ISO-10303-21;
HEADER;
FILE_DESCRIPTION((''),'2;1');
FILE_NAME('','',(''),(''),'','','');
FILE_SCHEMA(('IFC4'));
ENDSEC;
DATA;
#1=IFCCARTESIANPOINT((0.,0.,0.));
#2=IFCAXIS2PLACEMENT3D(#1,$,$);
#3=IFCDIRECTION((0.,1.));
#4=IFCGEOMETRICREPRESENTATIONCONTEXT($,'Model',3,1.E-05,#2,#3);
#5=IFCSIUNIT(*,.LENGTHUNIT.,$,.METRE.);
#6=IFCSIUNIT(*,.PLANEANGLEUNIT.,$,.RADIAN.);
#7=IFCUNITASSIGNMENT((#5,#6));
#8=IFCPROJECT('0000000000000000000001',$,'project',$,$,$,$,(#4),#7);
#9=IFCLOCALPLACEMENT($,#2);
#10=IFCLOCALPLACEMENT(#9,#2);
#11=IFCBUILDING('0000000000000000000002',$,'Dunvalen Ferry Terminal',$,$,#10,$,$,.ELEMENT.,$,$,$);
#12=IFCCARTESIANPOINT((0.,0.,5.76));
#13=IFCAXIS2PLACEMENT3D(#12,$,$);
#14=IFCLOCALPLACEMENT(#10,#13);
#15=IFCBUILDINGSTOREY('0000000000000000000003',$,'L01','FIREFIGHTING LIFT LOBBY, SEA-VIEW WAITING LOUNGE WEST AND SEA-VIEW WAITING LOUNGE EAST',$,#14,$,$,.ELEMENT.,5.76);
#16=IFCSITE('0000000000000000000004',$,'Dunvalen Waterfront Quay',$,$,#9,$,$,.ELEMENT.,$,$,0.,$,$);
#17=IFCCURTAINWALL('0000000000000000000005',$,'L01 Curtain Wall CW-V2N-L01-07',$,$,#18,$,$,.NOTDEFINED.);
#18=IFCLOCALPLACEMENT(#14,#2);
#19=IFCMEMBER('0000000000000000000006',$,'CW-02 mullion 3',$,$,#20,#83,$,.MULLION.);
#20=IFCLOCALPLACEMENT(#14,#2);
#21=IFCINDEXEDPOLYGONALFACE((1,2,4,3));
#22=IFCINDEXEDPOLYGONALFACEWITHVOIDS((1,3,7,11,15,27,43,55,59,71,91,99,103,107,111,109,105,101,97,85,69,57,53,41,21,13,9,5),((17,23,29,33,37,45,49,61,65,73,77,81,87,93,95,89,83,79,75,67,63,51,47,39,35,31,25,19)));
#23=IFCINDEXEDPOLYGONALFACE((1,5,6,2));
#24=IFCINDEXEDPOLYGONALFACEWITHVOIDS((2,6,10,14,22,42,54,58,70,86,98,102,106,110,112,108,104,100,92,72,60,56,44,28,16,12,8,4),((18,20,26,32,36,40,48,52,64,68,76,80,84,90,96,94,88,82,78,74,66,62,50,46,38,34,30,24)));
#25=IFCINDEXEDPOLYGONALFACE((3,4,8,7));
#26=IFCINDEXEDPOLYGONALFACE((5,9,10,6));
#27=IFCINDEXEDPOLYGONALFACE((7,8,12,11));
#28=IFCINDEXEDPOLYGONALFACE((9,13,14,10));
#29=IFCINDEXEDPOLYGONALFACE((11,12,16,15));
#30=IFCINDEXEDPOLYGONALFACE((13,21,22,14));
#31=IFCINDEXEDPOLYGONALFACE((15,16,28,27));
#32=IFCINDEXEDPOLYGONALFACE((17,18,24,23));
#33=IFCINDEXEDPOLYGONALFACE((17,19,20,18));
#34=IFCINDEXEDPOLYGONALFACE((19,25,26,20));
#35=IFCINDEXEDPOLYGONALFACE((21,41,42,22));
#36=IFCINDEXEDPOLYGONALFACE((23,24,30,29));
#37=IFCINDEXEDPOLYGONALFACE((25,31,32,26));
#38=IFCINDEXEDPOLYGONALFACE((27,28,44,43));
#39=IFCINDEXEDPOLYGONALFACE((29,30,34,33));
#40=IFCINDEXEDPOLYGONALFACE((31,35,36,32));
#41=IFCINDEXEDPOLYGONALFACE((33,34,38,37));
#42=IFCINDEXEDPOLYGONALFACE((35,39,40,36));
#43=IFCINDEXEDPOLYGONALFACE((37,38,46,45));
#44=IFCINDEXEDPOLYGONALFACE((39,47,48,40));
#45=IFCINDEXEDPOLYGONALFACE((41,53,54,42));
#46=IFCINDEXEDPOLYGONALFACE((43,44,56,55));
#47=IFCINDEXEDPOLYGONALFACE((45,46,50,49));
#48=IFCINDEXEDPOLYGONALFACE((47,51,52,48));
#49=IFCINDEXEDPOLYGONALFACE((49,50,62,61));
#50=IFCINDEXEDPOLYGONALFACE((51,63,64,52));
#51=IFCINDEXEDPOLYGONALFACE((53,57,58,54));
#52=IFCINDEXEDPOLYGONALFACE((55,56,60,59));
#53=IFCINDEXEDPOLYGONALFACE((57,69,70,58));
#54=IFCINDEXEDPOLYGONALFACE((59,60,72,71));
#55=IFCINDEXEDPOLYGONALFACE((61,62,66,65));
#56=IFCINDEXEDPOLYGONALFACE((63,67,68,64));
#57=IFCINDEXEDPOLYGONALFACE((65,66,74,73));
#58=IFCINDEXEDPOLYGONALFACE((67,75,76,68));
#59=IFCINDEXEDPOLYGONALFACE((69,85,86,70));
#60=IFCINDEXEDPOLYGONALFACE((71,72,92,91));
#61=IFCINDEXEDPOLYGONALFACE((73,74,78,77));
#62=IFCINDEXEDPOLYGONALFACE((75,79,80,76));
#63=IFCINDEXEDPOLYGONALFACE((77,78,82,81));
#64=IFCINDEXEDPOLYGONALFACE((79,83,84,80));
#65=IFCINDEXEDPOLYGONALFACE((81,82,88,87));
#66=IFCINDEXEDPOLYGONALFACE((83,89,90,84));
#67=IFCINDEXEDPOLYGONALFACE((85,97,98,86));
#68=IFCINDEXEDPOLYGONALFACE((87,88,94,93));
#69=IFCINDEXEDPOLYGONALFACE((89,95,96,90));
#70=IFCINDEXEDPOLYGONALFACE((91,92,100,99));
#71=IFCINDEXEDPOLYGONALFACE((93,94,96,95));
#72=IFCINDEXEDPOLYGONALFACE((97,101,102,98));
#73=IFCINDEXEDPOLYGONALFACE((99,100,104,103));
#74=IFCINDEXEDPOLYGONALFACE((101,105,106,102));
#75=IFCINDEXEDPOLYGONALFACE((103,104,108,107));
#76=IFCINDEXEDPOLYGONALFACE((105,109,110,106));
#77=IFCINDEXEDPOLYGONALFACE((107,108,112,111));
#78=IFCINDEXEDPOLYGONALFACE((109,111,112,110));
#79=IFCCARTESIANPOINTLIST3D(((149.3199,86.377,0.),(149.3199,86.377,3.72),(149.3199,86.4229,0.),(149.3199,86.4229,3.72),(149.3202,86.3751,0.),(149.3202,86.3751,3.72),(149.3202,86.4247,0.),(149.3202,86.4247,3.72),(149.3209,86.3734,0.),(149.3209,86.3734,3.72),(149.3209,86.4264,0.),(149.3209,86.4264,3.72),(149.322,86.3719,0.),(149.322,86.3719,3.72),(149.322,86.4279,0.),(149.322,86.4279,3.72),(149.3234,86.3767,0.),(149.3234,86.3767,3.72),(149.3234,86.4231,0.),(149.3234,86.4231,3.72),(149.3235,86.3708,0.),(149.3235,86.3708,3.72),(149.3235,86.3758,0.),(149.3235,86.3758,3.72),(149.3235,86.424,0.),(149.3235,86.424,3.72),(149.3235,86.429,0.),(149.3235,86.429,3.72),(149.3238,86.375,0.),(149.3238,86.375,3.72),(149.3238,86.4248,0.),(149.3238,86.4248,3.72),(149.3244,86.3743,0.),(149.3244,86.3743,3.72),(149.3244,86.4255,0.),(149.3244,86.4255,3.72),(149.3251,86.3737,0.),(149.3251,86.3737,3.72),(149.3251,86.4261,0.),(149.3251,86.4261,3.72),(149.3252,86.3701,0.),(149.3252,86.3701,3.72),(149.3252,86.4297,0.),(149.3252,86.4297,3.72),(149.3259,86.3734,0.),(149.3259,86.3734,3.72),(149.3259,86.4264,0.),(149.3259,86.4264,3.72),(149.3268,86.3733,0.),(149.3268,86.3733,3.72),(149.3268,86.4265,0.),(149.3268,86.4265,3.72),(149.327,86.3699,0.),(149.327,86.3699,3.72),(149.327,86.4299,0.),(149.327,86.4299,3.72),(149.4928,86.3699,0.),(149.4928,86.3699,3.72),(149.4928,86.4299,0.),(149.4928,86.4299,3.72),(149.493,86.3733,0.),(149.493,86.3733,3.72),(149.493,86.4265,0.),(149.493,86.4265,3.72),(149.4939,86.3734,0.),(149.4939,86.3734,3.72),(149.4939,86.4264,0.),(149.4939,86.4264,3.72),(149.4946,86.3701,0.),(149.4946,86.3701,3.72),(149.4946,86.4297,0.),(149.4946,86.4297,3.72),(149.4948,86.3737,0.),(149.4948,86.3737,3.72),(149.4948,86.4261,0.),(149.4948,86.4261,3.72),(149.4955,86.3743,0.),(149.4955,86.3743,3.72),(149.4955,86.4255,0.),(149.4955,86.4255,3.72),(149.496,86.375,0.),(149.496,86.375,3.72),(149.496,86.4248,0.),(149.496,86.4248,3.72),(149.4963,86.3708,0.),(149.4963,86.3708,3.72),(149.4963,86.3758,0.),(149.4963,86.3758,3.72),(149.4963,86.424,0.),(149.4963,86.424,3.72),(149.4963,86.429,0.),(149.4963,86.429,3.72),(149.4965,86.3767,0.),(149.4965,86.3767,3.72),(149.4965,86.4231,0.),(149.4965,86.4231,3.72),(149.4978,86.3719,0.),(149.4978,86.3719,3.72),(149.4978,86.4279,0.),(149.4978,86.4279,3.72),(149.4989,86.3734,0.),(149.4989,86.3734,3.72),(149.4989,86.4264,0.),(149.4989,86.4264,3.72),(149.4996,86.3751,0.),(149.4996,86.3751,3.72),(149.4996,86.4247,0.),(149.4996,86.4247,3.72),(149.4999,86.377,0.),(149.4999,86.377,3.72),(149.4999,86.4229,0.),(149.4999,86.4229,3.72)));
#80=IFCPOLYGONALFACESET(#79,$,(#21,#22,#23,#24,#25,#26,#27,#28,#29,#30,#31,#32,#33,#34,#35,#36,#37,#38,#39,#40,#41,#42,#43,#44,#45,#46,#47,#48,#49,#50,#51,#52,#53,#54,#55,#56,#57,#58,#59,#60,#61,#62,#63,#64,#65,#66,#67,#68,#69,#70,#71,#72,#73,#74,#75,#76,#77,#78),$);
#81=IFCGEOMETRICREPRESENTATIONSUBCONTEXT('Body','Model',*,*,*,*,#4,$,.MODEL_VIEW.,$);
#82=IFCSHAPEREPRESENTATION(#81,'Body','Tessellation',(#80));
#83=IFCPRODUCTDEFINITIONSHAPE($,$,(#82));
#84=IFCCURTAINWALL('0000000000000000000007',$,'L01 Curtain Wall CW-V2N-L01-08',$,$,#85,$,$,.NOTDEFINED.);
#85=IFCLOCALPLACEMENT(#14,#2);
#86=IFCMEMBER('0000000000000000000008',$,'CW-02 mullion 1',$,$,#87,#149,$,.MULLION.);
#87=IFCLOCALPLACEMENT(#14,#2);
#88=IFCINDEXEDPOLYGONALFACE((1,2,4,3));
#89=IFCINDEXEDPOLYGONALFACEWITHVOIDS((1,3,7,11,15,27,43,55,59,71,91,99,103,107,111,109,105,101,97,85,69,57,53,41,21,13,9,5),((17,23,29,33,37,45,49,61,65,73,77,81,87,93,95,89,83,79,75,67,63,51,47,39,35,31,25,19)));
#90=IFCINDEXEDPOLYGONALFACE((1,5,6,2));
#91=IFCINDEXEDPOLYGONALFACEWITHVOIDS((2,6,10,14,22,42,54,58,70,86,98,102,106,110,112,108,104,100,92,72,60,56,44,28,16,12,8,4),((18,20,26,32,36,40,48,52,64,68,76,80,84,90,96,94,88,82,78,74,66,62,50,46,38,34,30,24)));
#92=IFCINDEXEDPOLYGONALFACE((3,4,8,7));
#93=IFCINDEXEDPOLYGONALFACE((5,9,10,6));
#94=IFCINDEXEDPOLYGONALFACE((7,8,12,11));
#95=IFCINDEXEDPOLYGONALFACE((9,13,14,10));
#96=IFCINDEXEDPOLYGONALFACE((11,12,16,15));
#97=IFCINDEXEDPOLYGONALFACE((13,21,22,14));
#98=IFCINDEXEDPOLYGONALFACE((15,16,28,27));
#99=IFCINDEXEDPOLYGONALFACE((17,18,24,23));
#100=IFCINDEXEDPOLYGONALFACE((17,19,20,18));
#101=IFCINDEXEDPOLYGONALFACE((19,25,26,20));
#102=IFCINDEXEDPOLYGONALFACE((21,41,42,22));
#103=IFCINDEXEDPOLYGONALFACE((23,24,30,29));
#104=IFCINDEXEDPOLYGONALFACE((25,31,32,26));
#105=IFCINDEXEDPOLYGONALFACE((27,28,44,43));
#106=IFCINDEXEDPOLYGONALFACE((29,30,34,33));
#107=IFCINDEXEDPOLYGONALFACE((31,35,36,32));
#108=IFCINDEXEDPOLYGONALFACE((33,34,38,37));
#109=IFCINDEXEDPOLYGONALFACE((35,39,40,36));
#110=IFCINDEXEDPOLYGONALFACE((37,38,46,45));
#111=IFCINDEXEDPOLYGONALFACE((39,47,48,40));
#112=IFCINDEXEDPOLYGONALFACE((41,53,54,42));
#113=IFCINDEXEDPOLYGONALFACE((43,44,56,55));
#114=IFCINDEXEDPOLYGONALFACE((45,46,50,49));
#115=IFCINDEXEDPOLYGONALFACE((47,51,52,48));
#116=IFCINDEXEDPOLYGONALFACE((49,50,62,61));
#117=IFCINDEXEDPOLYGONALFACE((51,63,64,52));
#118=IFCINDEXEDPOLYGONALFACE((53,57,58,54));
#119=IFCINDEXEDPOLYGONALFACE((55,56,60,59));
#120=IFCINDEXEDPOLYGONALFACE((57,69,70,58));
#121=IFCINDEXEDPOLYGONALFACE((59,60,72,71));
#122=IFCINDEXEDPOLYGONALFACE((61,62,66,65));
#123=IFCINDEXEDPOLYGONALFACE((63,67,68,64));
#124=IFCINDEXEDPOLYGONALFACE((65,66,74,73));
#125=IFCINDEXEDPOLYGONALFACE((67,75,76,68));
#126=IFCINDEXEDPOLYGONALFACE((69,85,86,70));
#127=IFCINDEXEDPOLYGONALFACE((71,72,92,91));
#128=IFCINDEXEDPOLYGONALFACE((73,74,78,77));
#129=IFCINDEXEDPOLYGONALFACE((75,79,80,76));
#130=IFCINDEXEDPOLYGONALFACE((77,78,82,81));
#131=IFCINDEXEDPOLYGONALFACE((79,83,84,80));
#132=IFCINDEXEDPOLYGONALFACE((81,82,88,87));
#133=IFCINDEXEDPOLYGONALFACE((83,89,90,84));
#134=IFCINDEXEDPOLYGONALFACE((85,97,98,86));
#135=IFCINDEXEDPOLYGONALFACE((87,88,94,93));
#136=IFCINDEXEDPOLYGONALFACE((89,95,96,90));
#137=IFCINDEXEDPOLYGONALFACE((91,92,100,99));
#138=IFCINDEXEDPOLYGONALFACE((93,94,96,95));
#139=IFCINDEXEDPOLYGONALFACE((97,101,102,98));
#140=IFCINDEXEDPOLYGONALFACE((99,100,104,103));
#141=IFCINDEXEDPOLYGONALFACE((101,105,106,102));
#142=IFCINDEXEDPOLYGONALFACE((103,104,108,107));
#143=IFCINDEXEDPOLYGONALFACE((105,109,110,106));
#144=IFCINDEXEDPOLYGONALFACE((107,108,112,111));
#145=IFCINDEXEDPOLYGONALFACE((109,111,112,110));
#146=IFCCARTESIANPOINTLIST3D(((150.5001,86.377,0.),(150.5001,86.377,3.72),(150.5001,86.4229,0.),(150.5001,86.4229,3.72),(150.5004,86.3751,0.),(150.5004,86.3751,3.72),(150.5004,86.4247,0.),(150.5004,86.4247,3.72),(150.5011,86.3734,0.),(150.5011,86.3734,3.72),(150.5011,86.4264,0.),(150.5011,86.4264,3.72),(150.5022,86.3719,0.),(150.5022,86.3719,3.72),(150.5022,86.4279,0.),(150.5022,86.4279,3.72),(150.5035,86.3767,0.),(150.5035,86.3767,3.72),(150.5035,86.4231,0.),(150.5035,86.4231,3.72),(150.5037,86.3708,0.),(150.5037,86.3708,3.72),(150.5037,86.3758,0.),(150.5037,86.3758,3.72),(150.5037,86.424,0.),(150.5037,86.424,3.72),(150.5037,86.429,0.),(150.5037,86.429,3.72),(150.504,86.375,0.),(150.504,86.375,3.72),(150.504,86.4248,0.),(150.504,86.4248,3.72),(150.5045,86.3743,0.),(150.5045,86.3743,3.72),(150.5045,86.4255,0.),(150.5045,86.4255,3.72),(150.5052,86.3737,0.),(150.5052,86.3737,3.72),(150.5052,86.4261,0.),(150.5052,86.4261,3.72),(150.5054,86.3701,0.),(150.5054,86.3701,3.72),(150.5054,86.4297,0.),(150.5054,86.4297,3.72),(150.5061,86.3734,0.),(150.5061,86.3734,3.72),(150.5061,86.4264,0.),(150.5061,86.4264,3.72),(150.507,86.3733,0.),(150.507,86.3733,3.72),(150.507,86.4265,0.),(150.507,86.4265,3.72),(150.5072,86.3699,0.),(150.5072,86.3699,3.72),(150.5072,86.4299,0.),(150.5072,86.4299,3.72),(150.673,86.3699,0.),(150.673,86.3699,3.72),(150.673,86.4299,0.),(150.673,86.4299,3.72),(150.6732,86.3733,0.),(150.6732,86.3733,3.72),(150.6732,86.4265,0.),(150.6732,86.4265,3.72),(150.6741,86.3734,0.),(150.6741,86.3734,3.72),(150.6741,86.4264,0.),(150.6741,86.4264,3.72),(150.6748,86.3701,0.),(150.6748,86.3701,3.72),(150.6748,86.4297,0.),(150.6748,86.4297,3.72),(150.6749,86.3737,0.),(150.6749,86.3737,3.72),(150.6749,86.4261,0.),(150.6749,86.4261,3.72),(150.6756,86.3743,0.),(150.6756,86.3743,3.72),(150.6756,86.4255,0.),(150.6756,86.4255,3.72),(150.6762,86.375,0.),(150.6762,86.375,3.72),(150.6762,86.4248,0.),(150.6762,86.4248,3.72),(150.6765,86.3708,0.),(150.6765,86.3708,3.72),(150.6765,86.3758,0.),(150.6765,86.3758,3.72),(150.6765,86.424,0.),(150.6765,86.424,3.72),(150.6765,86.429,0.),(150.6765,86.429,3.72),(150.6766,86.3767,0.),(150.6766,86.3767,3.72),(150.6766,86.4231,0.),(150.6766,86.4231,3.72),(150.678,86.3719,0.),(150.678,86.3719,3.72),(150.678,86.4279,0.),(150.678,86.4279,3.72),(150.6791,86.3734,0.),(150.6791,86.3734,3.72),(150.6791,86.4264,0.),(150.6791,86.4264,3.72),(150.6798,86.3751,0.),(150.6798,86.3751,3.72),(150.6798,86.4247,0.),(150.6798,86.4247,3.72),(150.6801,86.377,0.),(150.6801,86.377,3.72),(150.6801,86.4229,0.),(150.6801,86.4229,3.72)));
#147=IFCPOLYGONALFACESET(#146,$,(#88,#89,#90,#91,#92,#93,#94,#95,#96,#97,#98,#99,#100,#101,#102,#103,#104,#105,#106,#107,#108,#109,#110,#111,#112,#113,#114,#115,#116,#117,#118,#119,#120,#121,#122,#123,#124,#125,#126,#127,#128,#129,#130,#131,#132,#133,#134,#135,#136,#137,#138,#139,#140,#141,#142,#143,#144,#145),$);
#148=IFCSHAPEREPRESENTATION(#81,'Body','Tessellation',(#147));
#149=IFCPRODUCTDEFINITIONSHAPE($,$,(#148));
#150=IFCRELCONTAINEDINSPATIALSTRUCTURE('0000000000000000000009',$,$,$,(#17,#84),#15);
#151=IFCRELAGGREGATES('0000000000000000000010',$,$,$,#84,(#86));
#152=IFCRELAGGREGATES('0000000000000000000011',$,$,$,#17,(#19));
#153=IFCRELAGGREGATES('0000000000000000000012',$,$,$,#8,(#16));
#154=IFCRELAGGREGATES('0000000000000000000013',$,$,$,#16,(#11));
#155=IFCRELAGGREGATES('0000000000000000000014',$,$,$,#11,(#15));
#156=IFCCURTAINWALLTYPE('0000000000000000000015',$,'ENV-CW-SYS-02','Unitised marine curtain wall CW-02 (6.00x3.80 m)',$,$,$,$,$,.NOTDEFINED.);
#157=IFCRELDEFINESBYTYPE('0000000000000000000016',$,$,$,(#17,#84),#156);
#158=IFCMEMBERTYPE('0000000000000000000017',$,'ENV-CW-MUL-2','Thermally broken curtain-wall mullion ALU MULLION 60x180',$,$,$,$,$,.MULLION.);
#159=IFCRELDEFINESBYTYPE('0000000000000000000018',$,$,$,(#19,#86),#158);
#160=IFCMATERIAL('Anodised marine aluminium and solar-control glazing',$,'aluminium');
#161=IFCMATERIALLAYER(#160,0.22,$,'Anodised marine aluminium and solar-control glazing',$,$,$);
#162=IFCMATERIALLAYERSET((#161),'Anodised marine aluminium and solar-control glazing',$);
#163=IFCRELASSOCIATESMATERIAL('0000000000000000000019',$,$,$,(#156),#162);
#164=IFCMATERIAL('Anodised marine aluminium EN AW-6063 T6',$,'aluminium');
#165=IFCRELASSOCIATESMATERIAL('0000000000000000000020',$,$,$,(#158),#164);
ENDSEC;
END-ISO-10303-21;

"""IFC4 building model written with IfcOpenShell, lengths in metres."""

from ifc_helpers import new_model, si_unit, direction, frame, origin, origin_2d, place, context, subcontext, project, spatial, hollow_rectangle, extrude, material, layer, layer_set, material_profile, profile_set, type_object, element, aggregate, save


model = new_model("IFC4")

# Units and contexts
model_context = context("Model", 3, precision=1e-05, world=origin(), true_north=direction((0.0, 1.0)))
body_context = subcontext(model_context, "Body", "Model", "MODEL_VIEW")
ifc_project = project(units=[si_unit("LENGTHUNIT", "METRE"), si_unit("PLANEANGLEUNIT", "RADIAN")], contexts=[model_context])

# Site, building, storey
site_placement = place(None, origin())
site = spatial("IfcSite", under=ifc_project, at=site_placement, Name="Dunvalen Waterfront Quay", CompositionType="ELEMENT", RefElevation=0.0)
building_placement = place(site_placement, origin())
building = spatial("IfcBuilding", under=site, at=building_placement, Name="Dunvalen Ferry Terminal", CompositionType="ELEMENT")
storey_placement = place(building_placement, frame((0.0, 0.0, 5.76)))
storey = spatial("IfcBuildingStorey", under=building, at=storey_placement, Name="L01", Description="FIREFIGHTING LIFT LOBBY, SEA-VIEW WAITING LOUNGE WEST AND SEA-VIEW WAITING LOUNGE EAST", CompositionType="ELEMENT", Elevation=5.76)

# Curtain wall, member
ifc_material_1 = material(Name="Anodised marine aluminium and solar-control glazing", Category="aluminium")
ifc_layer_1 = layer(ifc_material_1, 0.22, Name="Anodised marine aluminium and solar-control glazing")
ifc_layer_set_1 = layer_set([ifc_layer_1], Name="Anodised marine aluminium and solar-control glazing")
curtain_wall_type = type_object("IfcCurtainWallType", Name="ENV-CW-SYS-02", Description="Unitised marine curtain wall CW-02 (6.00x3.80 m)", PredefinedType="NOTDEFINED", material=ifc_layer_set_1)
curtain_wall_1_placement = place(storey_placement, origin())
curtain_wall_1 = element("IfcCurtainWall", 1, at=curtain_wall_1_placement, inside=storey, type_object=curtain_wall_type, Name="L01 Curtain Wall CW-V2N-L01-07", PredefinedType="NOTDEFINED")
ifc_material_2 = material(Name="Anodised marine aluminium EN AW-6063 T6", Category="aluminium")
ifc_material_profile_1 = material_profile(ifc_material_2, hollow_rectangle(XDim=0.0601, YDim=0.1799, WallThickness=0.0034, InnerFilletRadius=0.0034, OuterFilletRadius=0.0071, at=origin_2d()), Name="Anodised marine aluminium EN AW-6063 T6")
ifc_profile_set_1 = profile_set([ifc_material_profile_1], Name="Anodised marine aluminium EN AW-6063 T6")
member_type_1 = type_object("IfcMemberType", Name="ENV-CW-MUL-2", Description="Thermally broken curtain-wall mullion ALU MULLION 60x180", PredefinedType="MULLION", material=ifc_profile_set_1)
member_1_placement = place(storey_placement, frame((149.4099, 86.3999, 0.0), z_axis=(0.0, 0.0, 1.0), x_axis=(0.0, 1.0, 0.0)))
member_1 = element("IfcMember", 2, at=member_1_placement, type_object=member_type_1, Name="CW-02 mullion 3", PredefinedType="MULLION", context=body_context, shape_type="SweptSolid", body=[
    extrude(hollow_rectangle(XDim=0.0601, YDim=0.1799, WallThickness=0.0034, InnerFilletRadius=0.0034, OuterFilletRadius=0.0071, at=origin_2d()), origin(), (0.0, 0.0, 1.0), 3.72),
])

# Curtain wall, member
curtain_wall_2_placement = place(storey_placement, origin())
curtain_wall_2 = element("IfcCurtainWall", 3, at=curtain_wall_2_placement, inside=storey, type_object=curtain_wall_type, Name="L01 Curtain Wall CW-V2N-L01-08", PredefinedType="NOTDEFINED")
member_2_placement = place(storey_placement, frame((150.5901, 86.3999, 0.0), z_axis=(0.0, 0.0, 1.0), x_axis=(0.0, 1.0, 0.0)))
member_2 = element("IfcMember", 4, at=member_2_placement, type_object=member_type_1, Name="CW-02 mullion 1", PredefinedType="MULLION", context=body_context, shape_type="SweptSolid", body=[
    extrude(hollow_rectangle(XDim=0.0601, YDim=0.1799, WallThickness=0.0034, InnerFilletRadius=0.0034, OuterFilletRadius=0.0071, at=origin_2d()), origin(), (0.0, 0.0, 1.0), 3.72),
])

aggregate(curtain_wall_2, [member_2])

aggregate(curtain_wall_1, [member_1])

save(model, "model.ifc")
